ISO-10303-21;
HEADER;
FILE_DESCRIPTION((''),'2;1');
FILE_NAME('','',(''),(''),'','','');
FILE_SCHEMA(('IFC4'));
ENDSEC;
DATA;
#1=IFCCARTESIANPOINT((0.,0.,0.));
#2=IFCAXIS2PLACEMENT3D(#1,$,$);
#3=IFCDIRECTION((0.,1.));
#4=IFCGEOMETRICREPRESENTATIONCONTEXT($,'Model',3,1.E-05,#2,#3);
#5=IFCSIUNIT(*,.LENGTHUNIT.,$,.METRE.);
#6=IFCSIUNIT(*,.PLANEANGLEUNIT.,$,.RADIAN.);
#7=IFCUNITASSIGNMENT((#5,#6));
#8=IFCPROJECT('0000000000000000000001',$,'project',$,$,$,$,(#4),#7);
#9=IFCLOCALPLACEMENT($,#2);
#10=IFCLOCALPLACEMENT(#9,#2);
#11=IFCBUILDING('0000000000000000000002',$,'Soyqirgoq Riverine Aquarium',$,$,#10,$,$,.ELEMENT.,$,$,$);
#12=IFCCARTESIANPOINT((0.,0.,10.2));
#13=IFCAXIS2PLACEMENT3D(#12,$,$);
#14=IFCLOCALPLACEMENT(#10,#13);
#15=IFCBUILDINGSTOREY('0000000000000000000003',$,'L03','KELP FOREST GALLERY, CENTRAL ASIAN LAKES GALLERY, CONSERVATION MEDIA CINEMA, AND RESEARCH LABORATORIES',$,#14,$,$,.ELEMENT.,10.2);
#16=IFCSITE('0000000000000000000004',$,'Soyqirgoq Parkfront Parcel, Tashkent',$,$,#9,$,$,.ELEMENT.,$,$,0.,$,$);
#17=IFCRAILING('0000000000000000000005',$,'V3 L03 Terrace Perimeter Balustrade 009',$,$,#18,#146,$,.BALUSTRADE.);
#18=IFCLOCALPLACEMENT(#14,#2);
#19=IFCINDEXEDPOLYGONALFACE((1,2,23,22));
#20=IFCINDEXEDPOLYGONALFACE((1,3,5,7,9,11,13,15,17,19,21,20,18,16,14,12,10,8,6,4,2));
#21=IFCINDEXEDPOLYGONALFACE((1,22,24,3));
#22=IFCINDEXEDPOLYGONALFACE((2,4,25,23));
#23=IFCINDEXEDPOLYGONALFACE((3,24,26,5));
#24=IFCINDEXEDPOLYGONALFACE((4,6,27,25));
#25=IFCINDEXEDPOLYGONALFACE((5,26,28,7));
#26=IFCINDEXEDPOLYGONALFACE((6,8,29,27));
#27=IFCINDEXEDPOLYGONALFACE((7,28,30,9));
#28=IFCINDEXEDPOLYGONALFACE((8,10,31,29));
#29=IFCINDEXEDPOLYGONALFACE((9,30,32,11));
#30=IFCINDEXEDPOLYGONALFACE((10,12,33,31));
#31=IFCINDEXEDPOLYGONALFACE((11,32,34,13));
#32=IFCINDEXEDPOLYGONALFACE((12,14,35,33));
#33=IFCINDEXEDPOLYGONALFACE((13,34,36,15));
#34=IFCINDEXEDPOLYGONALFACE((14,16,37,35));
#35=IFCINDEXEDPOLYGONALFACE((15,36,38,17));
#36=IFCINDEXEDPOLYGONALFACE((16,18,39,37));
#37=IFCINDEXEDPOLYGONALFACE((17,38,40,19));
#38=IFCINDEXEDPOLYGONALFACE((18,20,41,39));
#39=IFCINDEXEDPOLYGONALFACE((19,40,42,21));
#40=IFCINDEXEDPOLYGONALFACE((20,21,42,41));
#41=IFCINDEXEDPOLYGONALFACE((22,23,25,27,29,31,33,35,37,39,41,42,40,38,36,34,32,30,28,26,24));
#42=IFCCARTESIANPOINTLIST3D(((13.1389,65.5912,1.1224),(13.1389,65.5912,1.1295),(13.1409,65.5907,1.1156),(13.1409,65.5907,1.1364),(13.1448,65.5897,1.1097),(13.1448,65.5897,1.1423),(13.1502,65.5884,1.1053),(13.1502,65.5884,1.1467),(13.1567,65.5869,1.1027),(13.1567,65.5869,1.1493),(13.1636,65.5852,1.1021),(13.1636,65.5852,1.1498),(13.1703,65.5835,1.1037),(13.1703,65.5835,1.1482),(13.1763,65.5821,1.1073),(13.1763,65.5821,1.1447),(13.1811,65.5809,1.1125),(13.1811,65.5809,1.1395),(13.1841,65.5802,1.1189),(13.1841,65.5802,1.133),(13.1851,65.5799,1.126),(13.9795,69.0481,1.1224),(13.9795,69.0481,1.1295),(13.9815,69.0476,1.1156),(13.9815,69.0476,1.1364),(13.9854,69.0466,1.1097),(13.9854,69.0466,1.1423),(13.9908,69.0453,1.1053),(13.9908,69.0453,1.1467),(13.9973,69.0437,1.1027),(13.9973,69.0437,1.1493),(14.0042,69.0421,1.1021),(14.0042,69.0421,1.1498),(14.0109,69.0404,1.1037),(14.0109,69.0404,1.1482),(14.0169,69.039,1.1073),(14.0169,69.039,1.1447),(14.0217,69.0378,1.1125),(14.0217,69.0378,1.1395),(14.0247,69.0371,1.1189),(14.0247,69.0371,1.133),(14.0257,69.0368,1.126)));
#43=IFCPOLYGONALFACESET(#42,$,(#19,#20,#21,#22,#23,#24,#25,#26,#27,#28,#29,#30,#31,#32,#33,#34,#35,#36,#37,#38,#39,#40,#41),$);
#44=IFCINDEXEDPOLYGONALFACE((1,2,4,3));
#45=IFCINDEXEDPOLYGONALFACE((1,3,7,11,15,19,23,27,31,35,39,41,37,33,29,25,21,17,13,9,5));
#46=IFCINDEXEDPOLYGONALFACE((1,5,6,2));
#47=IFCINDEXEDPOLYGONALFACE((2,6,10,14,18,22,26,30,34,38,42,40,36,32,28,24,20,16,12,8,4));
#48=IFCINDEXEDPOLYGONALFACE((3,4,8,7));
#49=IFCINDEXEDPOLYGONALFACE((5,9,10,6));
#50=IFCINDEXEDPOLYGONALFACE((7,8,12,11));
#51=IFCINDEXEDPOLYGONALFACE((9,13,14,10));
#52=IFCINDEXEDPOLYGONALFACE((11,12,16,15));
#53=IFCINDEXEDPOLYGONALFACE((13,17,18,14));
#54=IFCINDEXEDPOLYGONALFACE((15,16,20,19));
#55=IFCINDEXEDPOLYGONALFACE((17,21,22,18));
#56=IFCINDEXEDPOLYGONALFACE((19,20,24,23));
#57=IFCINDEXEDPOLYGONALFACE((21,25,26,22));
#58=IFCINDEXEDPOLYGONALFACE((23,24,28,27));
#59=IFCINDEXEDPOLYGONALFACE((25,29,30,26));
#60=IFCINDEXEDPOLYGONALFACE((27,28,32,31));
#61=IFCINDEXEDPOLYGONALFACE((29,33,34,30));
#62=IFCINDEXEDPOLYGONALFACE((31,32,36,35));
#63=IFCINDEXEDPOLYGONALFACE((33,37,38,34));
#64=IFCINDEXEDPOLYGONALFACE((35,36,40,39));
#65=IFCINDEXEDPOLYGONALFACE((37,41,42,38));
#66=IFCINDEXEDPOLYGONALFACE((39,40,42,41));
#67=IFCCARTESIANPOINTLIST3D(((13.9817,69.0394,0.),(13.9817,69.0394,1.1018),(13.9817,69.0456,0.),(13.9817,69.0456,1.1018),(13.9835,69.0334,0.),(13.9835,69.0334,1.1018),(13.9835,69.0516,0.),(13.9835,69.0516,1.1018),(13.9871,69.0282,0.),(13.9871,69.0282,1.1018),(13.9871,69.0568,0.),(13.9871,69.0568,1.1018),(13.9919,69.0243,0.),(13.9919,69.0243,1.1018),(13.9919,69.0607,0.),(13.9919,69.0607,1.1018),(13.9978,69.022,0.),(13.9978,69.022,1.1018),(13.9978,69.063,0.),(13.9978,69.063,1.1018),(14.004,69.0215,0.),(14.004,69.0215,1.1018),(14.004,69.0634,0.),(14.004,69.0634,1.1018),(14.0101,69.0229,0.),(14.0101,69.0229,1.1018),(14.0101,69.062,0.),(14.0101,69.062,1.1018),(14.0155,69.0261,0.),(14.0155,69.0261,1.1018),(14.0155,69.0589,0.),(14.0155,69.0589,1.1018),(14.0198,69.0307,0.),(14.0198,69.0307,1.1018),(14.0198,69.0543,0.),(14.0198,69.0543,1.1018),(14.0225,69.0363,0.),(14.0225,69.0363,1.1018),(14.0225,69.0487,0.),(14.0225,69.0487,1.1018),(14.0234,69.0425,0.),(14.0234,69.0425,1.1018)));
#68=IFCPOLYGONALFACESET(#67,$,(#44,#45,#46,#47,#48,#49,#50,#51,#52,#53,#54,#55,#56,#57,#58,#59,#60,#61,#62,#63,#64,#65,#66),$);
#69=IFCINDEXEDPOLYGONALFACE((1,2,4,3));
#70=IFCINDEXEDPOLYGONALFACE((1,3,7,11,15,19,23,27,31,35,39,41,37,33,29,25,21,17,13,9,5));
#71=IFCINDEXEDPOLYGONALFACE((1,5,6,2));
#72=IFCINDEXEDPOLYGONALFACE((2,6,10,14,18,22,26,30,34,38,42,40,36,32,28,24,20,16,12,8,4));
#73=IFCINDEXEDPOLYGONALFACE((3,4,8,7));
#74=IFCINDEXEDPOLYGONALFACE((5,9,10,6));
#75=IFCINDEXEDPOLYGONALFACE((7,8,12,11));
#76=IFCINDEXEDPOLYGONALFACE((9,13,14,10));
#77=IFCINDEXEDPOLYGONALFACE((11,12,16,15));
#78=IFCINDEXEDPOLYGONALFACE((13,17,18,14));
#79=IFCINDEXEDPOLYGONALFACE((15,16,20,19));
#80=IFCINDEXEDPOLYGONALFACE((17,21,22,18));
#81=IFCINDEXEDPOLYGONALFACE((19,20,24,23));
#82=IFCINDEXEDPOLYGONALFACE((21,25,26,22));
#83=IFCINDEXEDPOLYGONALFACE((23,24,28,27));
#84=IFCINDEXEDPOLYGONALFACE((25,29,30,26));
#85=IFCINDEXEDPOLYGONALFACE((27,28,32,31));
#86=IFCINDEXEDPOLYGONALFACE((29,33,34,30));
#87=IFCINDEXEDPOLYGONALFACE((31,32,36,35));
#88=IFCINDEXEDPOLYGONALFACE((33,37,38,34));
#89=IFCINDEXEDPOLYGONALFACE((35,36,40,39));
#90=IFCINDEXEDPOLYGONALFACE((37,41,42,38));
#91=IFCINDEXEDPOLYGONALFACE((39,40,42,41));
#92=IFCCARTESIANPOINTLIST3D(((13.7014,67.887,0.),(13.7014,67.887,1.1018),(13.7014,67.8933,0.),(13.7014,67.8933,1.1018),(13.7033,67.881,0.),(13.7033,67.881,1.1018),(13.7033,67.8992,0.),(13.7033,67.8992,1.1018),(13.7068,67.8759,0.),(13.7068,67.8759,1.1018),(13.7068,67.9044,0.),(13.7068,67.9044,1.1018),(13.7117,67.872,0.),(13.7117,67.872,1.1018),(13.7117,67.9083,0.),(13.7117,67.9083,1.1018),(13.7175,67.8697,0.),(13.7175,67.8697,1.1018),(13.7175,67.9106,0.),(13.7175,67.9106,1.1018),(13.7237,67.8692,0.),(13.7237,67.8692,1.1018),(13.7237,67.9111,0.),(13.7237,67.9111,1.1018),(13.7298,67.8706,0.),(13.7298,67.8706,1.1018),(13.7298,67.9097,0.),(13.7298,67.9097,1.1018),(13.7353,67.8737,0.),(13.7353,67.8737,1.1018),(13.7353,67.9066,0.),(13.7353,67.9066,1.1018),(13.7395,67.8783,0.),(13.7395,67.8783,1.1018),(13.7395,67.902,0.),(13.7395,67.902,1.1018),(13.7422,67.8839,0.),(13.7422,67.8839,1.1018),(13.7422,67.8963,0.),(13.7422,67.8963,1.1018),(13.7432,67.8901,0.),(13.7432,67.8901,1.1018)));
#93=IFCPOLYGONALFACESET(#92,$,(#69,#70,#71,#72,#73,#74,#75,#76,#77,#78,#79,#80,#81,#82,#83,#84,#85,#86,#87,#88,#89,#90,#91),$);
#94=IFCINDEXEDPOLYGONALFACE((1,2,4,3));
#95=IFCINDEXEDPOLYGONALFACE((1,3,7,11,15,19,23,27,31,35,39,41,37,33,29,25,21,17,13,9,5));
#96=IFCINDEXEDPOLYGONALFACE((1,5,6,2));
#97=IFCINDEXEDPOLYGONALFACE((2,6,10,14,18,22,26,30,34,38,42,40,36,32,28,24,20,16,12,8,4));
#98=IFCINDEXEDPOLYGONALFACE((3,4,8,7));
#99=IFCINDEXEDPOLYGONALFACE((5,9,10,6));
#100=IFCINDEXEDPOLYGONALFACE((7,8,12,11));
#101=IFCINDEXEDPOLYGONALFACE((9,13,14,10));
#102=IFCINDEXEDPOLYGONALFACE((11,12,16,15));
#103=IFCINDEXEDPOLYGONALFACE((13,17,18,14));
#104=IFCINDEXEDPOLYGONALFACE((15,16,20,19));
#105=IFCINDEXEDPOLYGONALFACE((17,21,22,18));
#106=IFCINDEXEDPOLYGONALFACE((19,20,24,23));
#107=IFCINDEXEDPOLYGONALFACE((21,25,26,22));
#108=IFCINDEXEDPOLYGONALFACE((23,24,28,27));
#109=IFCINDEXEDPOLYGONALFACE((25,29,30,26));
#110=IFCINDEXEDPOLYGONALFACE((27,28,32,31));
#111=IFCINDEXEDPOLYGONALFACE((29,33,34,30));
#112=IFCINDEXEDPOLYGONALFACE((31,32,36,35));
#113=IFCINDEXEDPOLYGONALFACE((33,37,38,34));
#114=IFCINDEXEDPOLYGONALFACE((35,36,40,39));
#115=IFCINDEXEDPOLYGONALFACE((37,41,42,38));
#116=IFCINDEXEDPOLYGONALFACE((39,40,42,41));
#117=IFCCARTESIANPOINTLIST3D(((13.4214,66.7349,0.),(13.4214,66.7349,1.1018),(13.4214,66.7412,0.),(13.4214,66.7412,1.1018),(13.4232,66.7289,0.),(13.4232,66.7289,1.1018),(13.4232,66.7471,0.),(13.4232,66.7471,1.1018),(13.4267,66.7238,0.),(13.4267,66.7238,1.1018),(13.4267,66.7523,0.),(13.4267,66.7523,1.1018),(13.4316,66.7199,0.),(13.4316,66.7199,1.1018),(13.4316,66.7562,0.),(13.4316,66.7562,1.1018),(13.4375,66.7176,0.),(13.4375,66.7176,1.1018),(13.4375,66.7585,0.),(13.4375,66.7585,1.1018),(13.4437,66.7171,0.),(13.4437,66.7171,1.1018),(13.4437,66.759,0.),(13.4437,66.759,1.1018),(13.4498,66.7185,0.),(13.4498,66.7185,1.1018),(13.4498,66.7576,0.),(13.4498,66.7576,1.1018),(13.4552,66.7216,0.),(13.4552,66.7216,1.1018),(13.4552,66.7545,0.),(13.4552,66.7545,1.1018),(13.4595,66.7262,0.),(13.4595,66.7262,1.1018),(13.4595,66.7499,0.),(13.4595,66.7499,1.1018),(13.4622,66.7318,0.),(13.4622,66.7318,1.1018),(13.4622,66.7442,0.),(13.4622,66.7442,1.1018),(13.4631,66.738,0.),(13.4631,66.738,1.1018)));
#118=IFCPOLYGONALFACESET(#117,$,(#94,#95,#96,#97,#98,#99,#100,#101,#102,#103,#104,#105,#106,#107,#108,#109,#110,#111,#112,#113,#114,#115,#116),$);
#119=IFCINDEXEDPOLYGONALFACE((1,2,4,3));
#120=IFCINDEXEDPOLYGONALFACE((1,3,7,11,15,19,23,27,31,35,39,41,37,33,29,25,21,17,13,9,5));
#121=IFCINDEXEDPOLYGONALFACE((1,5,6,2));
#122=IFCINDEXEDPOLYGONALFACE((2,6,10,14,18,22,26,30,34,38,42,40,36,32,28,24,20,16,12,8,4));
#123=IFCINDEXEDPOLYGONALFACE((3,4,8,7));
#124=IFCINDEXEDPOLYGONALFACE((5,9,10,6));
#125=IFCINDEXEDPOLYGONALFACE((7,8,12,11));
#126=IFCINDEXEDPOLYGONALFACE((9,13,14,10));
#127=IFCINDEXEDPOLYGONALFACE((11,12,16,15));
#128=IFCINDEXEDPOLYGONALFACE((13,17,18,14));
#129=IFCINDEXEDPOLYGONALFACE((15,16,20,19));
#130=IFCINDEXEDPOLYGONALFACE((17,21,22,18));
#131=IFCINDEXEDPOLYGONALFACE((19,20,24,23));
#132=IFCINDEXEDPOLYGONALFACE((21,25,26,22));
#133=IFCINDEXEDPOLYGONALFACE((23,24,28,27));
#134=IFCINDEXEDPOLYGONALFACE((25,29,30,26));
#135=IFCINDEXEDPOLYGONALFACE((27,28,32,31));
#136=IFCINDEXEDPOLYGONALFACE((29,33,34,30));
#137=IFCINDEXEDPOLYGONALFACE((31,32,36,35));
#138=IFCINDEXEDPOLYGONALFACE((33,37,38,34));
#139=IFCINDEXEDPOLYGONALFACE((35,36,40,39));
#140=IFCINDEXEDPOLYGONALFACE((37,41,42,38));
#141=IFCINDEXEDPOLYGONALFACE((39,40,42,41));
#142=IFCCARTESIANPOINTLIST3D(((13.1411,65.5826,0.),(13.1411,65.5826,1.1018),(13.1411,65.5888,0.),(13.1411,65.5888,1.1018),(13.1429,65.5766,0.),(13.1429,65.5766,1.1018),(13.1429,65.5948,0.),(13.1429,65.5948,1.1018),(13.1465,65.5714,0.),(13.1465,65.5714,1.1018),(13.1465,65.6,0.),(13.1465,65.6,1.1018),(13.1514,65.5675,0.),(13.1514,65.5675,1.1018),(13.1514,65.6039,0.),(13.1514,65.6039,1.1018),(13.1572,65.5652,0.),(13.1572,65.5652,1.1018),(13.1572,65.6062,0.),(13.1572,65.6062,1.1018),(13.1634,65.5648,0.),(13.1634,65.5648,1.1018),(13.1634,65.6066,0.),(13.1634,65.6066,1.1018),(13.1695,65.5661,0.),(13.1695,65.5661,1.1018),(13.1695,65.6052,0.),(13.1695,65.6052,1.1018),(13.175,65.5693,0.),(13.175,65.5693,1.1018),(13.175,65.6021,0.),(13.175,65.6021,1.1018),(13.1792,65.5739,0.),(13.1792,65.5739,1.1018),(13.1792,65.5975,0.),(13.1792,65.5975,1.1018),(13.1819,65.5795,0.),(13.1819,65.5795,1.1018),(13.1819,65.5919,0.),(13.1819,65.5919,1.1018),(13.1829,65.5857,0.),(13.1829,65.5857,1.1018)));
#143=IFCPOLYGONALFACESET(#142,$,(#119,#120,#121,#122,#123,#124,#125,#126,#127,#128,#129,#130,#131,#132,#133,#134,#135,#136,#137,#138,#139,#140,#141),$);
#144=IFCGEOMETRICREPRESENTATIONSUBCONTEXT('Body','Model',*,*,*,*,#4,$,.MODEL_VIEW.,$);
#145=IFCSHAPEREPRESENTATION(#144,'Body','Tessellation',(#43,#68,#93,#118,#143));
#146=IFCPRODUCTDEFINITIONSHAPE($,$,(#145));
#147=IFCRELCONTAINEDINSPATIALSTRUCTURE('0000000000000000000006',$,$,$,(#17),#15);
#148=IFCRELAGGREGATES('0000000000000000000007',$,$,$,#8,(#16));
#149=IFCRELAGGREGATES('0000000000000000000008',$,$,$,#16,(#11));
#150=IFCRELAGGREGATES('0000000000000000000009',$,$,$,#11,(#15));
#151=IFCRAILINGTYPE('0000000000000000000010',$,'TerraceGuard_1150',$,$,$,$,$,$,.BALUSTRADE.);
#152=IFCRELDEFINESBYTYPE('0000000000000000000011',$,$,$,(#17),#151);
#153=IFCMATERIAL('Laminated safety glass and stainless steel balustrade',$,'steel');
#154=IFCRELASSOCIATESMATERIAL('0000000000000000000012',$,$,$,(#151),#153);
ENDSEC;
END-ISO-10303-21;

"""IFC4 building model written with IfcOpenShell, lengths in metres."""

from ifc_helpers import new_model, si_unit, direction, frame, origin, origin_2d, place, context, subcontext, project, spatial, circle, extrude, material, type_object, element, save


model = new_model("IFC4")

# Units and contexts
model_context = context("Model", 3, precision=1e-05, world=origin(), true_north=direction((0.0, 1.0)))
body_context = subcontext(model_context, "Body", "Model", "MODEL_VIEW")
ifc_project = project(units=[si_unit("LENGTHUNIT", "METRE"), si_unit("PLANEANGLEUNIT", "RADIAN")], contexts=[model_context])

# Site, building, storey
site_placement = place(None, origin())
site = spatial("IfcSite", under=ifc_project, at=site_placement, Name="Soyqirgoq Parkfront Parcel, Tashkent", CompositionType="ELEMENT", RefElevation=0.0)
building_placement = place(site_placement, origin())
building = spatial("IfcBuilding", under=site, at=building_placement, Name="Soyqirgoq Riverine Aquarium", CompositionType="ELEMENT")
storey_placement = place(building_placement, frame((0.0, 0.0, 10.2)))
storey = spatial("IfcBuildingStorey", under=building, at=storey_placement, Name="L03", Description="KELP FOREST GALLERY, CENTRAL ASIAN LAKES GALLERY, CONSERVATION MEDIA CINEMA, AND RESEARCH LABORATORIES", CompositionType="ELEMENT", Elevation=10.2)

# Railing
ifc_material_1 = material(Name="Laminated safety glass and stainless steel balustrade", Category="steel")
railing_type = type_object("IfcRailingType", Name="TerraceGuard_1150", PredefinedType="BALUSTRADE", material=ifc_material_1)
railing_1_placement = place(storey_placement, frame((14.0024, 69.0425, 0.0)))
element("IfcRailing", 1, at=railing_1_placement, inside=storey, type_object=railing_type, Name="V3 L03 Terrace Perimeter Balustrade 009", PredefinedType="BALUSTRADE", context=body_context, shape_type="SweptSolid", body=[
    extrude(circle(Radius=0.0239, at=origin_2d()), frame((0.0, 0.0, 1.126), z_axis=(-0.236282, -0.971685, 0.0), x_axis=(0.971685, -0.236282, 0.0)), (0.0, 0.0, 1.0), 3.5576),
    extrude(circle(Radius=0.021, at=origin_2d()), origin(), (0.0, 0.0, 1.0), 1.1018),
    extrude(circle(Radius=0.021, at=origin_2d()), frame((-0.2803, -1.1523, 0.0)), (0.0, 0.0, 1.0), 1.1018),
    extrude(circle(Radius=0.021, at=origin_2d()), frame((-0.5603, -2.3044, 0.0)), (0.0, 0.0, 1.0), 1.1018),
    extrude(circle(Radius=0.021, at=origin_2d()), frame((-0.8406, -3.4568, 0.0)), (0.0, 0.0, 1.0), 1.1018),
])

save(model, "model.ifc")
